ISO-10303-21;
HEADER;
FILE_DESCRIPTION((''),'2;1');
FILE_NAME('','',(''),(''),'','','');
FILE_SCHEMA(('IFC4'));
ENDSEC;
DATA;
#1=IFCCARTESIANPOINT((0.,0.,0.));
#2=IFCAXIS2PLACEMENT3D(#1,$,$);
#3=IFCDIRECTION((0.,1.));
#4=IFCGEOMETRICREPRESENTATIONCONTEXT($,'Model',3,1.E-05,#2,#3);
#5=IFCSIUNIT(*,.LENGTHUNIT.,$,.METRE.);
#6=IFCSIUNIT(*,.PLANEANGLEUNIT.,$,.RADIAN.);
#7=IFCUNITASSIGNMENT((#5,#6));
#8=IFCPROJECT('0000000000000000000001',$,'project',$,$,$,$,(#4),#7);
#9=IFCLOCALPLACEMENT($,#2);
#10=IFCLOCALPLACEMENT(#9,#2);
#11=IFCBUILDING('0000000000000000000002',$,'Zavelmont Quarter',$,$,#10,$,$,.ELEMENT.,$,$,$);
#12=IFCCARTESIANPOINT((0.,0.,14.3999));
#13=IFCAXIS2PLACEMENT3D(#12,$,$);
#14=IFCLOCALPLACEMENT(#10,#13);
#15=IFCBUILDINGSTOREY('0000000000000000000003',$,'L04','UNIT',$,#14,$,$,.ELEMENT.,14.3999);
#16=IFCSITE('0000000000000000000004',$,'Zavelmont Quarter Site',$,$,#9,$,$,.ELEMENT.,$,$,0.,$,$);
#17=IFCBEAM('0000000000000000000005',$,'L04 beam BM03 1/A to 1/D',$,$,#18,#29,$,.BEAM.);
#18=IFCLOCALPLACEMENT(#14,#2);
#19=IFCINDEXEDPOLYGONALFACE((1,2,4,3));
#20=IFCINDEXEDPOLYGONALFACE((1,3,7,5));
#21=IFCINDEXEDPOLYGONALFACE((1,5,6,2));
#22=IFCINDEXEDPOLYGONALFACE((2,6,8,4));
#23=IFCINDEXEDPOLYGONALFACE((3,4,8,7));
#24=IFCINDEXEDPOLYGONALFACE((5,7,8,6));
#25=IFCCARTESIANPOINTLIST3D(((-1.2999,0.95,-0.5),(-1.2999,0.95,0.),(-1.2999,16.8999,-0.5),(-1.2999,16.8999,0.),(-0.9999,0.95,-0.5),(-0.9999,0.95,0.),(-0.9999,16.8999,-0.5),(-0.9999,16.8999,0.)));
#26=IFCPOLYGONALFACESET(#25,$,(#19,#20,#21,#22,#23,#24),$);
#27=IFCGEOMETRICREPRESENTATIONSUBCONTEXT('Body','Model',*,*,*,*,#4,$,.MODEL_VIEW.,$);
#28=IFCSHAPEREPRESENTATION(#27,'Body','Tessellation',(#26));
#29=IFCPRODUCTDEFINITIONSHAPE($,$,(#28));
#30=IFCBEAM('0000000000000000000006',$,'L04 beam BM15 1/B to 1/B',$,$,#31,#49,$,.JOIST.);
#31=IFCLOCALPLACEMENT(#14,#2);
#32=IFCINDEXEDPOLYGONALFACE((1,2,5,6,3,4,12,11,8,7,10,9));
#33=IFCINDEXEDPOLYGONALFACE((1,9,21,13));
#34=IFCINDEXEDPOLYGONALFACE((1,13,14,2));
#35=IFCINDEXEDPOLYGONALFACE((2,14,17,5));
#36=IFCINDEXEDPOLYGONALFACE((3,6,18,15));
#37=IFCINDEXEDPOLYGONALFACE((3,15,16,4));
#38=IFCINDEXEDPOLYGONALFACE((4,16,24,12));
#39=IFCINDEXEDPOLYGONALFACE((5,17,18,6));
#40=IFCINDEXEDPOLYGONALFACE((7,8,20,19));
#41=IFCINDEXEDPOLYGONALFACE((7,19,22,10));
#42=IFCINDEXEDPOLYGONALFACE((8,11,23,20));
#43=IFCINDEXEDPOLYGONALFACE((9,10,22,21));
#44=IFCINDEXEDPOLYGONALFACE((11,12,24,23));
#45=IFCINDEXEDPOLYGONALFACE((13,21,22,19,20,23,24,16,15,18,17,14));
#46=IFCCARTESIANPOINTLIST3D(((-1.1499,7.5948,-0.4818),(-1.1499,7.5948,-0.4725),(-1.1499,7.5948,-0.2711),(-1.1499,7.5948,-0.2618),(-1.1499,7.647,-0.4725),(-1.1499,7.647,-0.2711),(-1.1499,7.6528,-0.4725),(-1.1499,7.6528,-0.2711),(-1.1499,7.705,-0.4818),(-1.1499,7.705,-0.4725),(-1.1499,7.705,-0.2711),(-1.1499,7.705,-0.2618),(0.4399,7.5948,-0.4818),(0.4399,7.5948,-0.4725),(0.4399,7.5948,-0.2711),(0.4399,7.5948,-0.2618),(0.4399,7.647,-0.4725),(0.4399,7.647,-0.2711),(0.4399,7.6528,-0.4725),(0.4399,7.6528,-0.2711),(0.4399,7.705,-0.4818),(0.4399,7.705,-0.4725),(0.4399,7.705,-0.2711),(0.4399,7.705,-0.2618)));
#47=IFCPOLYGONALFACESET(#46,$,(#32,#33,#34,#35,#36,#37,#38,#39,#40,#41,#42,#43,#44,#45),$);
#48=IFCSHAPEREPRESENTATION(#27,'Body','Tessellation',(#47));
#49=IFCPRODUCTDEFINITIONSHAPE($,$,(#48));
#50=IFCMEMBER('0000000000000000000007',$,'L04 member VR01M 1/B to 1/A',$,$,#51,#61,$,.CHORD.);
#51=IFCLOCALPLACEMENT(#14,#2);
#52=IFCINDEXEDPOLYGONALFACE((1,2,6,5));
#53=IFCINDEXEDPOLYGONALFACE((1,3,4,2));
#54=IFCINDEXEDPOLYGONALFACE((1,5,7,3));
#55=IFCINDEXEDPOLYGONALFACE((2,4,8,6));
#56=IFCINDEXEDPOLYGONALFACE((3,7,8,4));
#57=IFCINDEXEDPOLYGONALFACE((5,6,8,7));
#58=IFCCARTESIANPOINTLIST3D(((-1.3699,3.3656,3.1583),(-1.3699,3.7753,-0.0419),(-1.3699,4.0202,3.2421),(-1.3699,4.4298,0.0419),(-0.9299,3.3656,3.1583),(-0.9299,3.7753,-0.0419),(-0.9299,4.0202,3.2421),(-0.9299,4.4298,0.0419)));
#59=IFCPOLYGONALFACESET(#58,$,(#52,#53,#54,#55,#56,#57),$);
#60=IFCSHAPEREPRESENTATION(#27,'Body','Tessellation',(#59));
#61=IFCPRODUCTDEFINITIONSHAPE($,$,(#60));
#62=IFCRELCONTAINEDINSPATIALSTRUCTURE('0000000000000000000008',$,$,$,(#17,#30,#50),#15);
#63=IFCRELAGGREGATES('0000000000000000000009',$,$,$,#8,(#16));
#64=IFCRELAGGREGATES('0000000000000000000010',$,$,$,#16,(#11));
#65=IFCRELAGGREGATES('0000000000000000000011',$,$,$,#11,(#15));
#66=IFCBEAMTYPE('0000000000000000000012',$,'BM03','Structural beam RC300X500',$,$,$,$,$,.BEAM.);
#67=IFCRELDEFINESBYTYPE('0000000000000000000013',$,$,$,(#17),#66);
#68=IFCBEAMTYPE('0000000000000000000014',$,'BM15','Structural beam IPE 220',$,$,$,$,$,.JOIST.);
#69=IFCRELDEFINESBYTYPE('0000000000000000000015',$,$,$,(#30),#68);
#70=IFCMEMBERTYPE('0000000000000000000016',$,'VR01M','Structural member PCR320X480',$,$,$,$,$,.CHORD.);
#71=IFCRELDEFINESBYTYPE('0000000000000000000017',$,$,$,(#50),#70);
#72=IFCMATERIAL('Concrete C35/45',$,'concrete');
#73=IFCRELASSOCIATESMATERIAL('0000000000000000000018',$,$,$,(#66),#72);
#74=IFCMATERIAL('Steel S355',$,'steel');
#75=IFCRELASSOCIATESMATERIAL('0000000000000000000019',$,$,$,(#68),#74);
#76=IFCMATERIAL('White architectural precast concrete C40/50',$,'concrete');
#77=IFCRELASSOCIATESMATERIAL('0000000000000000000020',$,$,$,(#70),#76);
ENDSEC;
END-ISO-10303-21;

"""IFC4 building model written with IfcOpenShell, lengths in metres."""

from ifc_helpers import new_model, si_unit, direction, frame, origin, origin_2d, place, context, subcontext, project, spatial, rectangle, i_section, extrude, material, material_profile, profile_set, type_object, element, save


model = new_model("IFC4")

# Units and contexts
model_context = context("Model", 3, precision=1e-05, world=origin(), true_north=direction((0.0, 1.0)))
body_context = subcontext(model_context, "Body", "Model", "MODEL_VIEW")
ifc_project = project(units=[si_unit("LENGTHUNIT", "METRE"), si_unit("PLANEANGLEUNIT", "RADIAN")], contexts=[model_context])

# Site, building, storey
site_placement = place(None, origin())
site = spatial("IfcSite", under=ifc_project, at=site_placement, Name="Zavelmont Quarter Site", CompositionType="ELEMENT", RefElevation=0.0)
building_placement = place(site_placement, origin())
building = spatial("IfcBuilding", under=site, at=building_placement, Name="Zavelmont Quarter", CompositionType="ELEMENT")
storey_placement = place(building_placement, frame((0.0, 0.0, 14.3999)))
storey = spatial("IfcBuildingStorey", under=building, at=storey_placement, Name="L04", Description="UNIT", CompositionType="ELEMENT", Elevation=14.3999)

# Beams
ifc_material_1 = material(Name="Concrete C35/45", Category="concrete")
ifc_material_profile_1 = material_profile(ifc_material_1, rectangle(XDim=0.3, YDim=0.5, at=origin_2d()), Name="RC300X500")
ifc_profile_set_1 = profile_set([ifc_material_profile_1], Name="Concrete C35/45")
beam_type_1 = type_object("IfcBeamType", Name="BM03", Description="Structural beam RC300X500", PredefinedType="BEAM", material=ifc_profile_set_1)
beam_1_placement = place(storey_placement, frame((-1.1499, 0.95, -0.25), z_axis=(0.0, 1.0, 0.0), x_axis=(-1.0, 0.0, 0.0)))
element("IfcBeam", 1, at=beam_1_placement, inside=storey, type_object=beam_type_1, Name="L04 beam BM03 1/A to 1/D", PredefinedType="BEAM", context=body_context, shape_type="SweptSolid", body=[
    extrude(rectangle(XDim=0.3, YDim=0.5, at=origin_2d()), origin(), (0.0, 0.0, 1.0), 15.95),
])
ifc_material_2 = material(Name="Steel S355", Category="steel")
ifc_material_profile_2 = material_profile(ifc_material_2, i_section(OverallWidth=0.1101, OverallDepth=0.22, WebThickness=0.0059, FlangeThickness=0.0093, at=origin_2d()), Name="IPE 220")
ifc_profile_set_2 = profile_set([ifc_material_profile_2], Name="Steel S355")
beam_type_2 = type_object("IfcBeamType", Name="BM15", Description="Structural beam IPE 220", PredefinedType="JOIST", material=ifc_profile_set_2)
beam_2_placement = place(storey_placement, frame((0.4399, 7.6499, -0.3718), z_axis=(-1.0, 0.0, 0.0), x_axis=(0.0, -1.0, 0.0)))
element("IfcBeam", 2, at=beam_2_placement, inside=storey, type_object=beam_type_2, Name="L04 beam BM15 1/B to 1/B", PredefinedType="JOIST", context=body_context, shape_type="SweptSolid", body=[
    extrude(i_section(OverallWidth=0.1101, OverallDepth=0.22, WebThickness=0.0059, FlangeThickness=0.0093, at=origin_2d()), origin(), (0.0, 0.0, 1.0), 1.5898),
])

# Member
ifc_material_3 = material(Name="White architectural precast concrete C40/50", Category="concrete")
ifc_material_profile_3 = material_profile(ifc_material_3, rectangle(XDim=0.4399, YDim=0.6599, at=origin_2d()), Name="PCR320X480")
ifc_profile_set_3 = profile_set([ifc_material_profile_3], Name="White architectural precast concrete C40/50")
member_type = type_object("IfcMemberType", Name="VR01M", Description="Structural member PCR320X480", PredefinedType="CHORD", material=ifc_profile_set_3)
member_placement = place(storey_placement, frame((-1.1499, 4.1025, 0.0), z_axis=(0.0, -0.126977, 0.991906), x_axis=(1.0, 0.0, 0.0)))
element("IfcMember", 3, at=member_placement, inside=storey, type_object=member_type, Name="L04 member VR01M 1/B to 1/A", PredefinedType="CHORD", context=body_context, shape_type="SweptSolid", body=[
    extrude(rectangle(XDim=0.4399, YDim=0.6599, at=origin_2d()), origin(), (0.0, 0.0, 1.0), 3.2263),
])

save(model, "model.ifc")
